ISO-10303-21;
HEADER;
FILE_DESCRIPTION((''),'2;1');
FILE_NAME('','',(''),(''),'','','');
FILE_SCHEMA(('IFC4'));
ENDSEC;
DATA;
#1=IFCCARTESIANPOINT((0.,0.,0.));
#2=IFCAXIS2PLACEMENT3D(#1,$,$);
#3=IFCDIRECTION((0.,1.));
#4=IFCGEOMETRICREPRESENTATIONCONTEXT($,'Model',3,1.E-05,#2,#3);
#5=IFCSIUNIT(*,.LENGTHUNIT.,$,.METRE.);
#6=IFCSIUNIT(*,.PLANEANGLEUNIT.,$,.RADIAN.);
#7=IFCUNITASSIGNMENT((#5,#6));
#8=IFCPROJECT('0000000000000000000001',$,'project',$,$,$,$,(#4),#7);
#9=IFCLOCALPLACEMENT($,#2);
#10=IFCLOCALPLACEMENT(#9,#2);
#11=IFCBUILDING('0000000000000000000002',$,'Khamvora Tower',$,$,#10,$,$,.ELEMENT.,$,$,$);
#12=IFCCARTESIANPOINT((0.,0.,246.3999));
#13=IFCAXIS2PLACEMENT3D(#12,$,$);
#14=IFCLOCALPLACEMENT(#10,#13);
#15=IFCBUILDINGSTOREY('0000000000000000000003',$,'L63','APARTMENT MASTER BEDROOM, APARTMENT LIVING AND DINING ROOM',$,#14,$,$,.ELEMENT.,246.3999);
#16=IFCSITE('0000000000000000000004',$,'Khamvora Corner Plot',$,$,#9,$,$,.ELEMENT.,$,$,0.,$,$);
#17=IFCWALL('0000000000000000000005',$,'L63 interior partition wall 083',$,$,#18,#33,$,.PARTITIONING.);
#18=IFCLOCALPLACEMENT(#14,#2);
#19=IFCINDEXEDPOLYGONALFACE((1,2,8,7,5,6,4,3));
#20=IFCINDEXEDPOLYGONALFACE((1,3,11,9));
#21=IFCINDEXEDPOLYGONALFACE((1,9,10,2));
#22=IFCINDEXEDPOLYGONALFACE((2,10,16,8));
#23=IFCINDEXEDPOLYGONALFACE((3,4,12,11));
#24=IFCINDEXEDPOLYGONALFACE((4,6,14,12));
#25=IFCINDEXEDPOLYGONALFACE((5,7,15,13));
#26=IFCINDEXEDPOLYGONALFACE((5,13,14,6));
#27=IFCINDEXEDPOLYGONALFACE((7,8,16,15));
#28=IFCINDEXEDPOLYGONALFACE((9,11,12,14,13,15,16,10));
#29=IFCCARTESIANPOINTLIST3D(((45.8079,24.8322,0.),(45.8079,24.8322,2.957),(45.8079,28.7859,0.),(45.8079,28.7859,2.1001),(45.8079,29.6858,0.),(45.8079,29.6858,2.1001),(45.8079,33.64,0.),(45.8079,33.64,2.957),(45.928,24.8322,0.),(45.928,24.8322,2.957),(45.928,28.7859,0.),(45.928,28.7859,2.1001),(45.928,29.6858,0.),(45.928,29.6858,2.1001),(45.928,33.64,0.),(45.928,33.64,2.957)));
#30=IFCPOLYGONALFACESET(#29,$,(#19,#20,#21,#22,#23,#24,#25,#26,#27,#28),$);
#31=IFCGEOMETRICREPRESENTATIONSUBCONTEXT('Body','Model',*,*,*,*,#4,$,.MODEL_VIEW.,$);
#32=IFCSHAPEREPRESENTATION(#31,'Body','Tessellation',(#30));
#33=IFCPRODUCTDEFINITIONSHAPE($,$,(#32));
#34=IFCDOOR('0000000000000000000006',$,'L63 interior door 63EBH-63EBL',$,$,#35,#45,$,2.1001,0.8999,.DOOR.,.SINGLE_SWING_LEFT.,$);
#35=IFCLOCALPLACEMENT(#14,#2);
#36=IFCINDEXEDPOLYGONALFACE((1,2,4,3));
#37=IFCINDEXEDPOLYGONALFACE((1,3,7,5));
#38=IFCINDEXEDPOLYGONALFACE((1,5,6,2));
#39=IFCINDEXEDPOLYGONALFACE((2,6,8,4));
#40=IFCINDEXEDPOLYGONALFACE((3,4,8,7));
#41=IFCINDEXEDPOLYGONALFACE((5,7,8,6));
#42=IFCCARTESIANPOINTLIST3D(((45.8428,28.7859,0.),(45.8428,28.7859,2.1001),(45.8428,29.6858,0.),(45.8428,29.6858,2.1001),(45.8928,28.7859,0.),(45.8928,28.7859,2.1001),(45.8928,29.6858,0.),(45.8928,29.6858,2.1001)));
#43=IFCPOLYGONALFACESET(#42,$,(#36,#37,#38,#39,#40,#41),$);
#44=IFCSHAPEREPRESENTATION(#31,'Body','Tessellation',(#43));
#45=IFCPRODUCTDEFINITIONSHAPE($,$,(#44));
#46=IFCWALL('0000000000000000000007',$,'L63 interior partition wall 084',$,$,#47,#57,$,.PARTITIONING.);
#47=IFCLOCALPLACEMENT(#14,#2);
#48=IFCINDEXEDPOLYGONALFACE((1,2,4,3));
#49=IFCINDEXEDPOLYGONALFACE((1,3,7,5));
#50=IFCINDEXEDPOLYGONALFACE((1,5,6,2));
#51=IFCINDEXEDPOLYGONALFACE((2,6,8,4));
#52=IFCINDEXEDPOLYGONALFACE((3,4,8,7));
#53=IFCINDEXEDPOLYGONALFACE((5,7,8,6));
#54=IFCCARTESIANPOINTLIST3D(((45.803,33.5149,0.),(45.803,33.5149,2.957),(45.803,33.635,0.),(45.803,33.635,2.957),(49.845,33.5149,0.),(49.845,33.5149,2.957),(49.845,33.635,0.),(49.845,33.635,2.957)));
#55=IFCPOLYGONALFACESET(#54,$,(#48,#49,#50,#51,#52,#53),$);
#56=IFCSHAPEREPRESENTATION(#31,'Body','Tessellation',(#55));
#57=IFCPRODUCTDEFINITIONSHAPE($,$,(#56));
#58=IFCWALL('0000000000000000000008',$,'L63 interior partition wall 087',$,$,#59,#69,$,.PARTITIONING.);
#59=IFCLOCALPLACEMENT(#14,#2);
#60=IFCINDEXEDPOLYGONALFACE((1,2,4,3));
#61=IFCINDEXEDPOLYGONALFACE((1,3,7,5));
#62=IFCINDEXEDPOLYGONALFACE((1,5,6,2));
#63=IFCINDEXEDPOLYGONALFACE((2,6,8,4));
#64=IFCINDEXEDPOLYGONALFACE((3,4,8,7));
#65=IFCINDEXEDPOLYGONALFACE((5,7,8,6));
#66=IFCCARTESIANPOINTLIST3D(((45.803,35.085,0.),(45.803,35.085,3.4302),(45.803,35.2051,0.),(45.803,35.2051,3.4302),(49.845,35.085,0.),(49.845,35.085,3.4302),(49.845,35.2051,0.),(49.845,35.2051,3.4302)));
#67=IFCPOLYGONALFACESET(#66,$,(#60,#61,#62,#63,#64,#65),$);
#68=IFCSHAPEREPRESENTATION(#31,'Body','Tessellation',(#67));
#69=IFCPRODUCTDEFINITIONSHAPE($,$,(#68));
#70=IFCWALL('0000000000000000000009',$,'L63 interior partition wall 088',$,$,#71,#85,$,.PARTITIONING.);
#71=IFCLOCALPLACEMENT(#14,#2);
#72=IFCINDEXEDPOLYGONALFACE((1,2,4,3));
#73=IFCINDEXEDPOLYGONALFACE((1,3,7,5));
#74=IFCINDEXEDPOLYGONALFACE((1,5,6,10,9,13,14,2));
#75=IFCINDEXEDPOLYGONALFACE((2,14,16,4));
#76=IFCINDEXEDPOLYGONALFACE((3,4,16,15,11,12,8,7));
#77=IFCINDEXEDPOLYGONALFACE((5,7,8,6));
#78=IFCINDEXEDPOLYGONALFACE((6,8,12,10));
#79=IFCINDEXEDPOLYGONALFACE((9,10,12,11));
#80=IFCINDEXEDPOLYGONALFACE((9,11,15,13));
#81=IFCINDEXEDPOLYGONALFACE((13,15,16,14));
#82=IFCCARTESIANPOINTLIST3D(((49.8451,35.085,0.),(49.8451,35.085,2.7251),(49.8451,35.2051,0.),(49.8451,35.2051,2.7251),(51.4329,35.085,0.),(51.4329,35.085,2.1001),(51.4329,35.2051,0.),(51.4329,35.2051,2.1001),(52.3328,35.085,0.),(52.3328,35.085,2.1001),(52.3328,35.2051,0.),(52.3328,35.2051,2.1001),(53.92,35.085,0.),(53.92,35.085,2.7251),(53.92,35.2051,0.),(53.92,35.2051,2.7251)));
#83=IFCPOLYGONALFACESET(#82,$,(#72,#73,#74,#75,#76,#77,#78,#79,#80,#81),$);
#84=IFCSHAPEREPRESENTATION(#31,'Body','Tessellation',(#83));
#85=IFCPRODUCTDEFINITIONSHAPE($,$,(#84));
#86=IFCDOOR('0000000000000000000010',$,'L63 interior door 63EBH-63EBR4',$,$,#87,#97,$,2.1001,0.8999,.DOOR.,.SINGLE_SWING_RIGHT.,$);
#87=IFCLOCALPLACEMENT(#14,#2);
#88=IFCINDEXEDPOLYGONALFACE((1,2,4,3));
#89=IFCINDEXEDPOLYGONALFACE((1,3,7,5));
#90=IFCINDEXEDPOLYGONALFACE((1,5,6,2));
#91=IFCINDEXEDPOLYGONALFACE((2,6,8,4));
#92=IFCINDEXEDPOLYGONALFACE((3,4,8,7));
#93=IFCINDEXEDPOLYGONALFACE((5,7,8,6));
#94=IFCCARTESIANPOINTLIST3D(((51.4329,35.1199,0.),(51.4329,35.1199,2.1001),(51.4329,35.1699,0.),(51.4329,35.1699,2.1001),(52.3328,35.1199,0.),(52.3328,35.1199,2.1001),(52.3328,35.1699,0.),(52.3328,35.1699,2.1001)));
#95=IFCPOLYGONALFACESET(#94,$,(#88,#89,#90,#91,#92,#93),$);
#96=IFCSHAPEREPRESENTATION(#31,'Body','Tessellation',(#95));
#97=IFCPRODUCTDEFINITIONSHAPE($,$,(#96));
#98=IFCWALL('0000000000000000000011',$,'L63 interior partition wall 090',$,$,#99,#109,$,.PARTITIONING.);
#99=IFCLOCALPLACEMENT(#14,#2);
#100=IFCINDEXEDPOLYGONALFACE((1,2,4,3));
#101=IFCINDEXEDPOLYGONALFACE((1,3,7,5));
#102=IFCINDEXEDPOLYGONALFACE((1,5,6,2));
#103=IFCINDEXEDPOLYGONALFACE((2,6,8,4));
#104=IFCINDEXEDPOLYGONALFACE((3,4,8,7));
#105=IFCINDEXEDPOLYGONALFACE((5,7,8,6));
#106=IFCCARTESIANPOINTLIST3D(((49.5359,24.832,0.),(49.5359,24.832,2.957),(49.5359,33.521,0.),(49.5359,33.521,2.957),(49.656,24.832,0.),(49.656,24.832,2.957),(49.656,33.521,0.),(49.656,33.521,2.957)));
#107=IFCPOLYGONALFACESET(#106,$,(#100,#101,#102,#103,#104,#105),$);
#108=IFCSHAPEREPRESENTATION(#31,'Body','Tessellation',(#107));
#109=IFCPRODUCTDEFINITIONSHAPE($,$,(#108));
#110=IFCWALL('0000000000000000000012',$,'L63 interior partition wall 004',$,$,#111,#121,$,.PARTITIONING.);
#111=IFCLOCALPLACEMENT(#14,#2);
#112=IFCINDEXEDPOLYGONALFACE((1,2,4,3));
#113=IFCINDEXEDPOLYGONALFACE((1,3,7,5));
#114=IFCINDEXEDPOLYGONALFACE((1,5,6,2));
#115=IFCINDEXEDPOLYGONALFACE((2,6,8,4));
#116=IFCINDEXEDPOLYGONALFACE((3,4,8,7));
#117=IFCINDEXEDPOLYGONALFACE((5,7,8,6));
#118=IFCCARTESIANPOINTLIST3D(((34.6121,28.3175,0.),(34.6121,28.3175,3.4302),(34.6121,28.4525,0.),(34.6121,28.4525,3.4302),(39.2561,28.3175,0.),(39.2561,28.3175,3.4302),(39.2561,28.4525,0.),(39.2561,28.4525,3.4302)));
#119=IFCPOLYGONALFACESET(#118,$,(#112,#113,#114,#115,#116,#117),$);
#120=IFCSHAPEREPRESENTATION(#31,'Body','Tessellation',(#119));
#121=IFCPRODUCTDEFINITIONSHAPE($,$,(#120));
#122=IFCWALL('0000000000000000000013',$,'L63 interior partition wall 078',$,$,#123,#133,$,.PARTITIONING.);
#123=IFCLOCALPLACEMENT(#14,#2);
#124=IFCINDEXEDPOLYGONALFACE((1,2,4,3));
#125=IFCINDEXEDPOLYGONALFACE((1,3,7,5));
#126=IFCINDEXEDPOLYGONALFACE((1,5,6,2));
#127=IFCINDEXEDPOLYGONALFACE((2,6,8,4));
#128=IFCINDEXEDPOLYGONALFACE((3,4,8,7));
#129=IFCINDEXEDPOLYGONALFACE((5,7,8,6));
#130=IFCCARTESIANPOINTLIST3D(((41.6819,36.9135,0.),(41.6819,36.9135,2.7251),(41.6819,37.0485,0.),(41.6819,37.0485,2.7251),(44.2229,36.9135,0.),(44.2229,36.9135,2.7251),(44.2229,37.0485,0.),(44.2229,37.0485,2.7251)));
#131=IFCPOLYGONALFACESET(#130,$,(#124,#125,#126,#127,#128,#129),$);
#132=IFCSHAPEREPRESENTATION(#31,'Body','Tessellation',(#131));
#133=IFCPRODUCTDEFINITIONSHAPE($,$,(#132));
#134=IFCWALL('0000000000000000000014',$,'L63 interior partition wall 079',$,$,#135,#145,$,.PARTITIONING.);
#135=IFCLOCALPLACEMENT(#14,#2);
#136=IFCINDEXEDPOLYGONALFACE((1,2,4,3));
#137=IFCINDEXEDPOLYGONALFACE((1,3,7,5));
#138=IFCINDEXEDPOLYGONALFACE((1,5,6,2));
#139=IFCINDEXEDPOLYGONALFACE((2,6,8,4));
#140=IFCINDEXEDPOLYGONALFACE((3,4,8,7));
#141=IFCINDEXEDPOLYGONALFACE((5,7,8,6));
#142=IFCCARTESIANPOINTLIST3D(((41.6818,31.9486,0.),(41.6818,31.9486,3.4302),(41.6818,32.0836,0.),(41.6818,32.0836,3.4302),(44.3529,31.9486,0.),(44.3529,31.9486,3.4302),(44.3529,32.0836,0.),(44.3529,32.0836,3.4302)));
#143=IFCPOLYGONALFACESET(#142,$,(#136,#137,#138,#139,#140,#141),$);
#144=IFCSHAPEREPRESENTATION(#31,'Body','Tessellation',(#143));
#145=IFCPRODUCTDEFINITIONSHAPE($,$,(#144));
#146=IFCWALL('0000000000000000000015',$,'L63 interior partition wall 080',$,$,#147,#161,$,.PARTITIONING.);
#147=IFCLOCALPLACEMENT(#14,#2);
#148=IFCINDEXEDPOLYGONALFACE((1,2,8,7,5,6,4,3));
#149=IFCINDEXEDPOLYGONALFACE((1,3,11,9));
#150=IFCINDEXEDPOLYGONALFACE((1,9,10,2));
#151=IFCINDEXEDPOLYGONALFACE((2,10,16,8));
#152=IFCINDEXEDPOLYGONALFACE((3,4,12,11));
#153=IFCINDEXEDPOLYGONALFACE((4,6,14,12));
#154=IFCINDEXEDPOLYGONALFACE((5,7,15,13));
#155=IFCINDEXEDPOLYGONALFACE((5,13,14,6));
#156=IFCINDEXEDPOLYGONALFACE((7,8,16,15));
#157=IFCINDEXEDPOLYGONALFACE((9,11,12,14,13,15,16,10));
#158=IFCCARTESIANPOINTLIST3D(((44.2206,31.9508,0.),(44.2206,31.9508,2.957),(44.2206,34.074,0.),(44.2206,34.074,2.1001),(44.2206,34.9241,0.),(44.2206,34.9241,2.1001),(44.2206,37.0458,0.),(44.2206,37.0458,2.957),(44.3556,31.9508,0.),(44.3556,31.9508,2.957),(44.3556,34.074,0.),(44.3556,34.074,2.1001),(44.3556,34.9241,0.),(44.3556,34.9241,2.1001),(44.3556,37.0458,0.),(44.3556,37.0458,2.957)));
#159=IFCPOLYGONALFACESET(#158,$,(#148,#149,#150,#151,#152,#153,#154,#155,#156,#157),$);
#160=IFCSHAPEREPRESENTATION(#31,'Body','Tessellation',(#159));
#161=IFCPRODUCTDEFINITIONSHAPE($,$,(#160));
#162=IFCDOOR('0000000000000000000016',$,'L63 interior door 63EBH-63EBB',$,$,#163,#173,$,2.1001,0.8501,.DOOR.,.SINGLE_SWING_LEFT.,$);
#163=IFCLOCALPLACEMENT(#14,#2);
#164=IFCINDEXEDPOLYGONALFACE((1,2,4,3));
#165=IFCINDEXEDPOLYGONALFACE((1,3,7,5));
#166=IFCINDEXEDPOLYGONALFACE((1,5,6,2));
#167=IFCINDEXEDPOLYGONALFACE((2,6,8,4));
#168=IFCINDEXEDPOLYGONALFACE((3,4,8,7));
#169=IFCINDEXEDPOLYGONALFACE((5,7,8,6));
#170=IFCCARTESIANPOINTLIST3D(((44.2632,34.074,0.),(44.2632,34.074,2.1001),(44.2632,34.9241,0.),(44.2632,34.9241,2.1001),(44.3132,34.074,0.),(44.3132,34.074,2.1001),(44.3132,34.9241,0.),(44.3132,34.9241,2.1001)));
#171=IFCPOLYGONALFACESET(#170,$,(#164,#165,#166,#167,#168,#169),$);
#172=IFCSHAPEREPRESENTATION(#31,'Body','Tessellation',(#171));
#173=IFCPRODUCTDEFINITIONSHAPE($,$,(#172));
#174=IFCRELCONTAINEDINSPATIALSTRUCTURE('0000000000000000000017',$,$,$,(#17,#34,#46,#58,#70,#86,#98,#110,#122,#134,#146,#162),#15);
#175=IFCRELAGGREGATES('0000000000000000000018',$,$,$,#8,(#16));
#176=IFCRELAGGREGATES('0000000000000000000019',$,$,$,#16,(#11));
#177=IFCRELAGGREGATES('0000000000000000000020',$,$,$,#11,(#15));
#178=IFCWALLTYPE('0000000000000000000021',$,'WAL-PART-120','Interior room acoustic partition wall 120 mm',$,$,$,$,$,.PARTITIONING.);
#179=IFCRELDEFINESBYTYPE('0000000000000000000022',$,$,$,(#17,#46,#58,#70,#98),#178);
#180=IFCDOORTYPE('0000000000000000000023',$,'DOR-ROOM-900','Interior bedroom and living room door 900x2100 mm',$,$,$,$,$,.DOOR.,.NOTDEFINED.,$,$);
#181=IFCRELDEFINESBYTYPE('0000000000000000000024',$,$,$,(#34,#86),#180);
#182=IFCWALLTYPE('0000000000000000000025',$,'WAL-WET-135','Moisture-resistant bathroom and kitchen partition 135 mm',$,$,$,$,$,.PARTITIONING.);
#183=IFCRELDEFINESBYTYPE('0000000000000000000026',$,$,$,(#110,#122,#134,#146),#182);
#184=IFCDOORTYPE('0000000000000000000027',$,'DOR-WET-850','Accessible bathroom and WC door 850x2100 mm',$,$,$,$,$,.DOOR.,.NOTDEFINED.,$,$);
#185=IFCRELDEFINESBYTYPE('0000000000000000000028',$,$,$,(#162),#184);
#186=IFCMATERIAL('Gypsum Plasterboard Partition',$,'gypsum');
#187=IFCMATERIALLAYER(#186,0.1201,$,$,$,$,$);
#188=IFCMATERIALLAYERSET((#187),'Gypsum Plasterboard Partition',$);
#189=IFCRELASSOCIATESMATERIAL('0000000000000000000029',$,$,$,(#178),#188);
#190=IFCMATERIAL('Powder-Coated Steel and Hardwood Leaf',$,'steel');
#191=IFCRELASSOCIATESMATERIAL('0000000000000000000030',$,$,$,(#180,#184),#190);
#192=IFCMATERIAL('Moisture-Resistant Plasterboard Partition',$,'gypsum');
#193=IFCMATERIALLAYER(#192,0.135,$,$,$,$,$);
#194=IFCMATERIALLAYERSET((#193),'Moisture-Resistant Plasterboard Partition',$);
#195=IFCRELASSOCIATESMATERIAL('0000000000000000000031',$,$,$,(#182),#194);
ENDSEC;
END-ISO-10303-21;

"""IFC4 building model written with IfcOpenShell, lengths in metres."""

from ifc_helpers import new_model, si_unit, direction, frame, frame_2d, origin, place, context, subcontext, project, spatial, rectangle, extrude, material, layer, layer_set, type_object, element, fill, save


model = new_model("IFC4")

# Units and contexts
model_context = context("Model", 3, precision=1e-05, world=origin(), true_north=direction((0.0, 1.0)))
body_context = subcontext(model_context, "Body", "Model", "MODEL_VIEW")
ifc_project = project(units=[si_unit("LENGTHUNIT", "METRE"), si_unit("PLANEANGLEUNIT", "RADIAN")], contexts=[model_context])

# Site, building, storey
site_placement = place(None, origin())
site = spatial("IfcSite", under=ifc_project, at=site_placement, Name="Khamvora Corner Plot", CompositionType="ELEMENT", RefElevation=0.0)
building_placement = place(site_placement, origin())
building = spatial("IfcBuilding", under=site, at=building_placement, Name="Khamvora Tower", CompositionType="ELEMENT")
storey_placement = place(building_placement, frame((0.0, 0.0, 246.3999)))
storey = spatial("IfcBuildingStorey", under=building, at=storey_placement, Name="L63", Description="APARTMENT MASTER BEDROOM, APARTMENT LIVING AND DINING ROOM", CompositionType="ELEMENT", Elevation=246.3999)

# Shared definitions
ifc_material_1 = material(Name="Powder-Coated Steel and Hardwood Leaf", Category="steel")

# Wall, opening, door
ifc_material_2 = material(Name="Gypsum Plasterboard Partition", Category="gypsum")
ifc_layer_1 = layer(ifc_material_2, 0.1201)
ifc_layer_set_1 = layer_set([ifc_layer_1], Name="Gypsum Plasterboard Partition")
wall_type_1 = type_object("IfcWallType", Name="WAL-PART-120", Description="Interior room acoustic partition wall 120 mm", PredefinedType="PARTITIONING", material=ifc_layer_set_1)
wall_1_placement = place(storey_placement, frame((45.8679, 33.6399, 0.0), z_axis=(0.0, 0.0, 1.0), x_axis=(0.0, -1.0, 0.0)))
wall_1 = element("IfcWall", 1, at=wall_1_placement, inside=storey, type_object=wall_type_1, Name="L63 interior partition wall 083", PredefinedType="PARTITIONING", context=body_context, shape_type="SweptSolid", body=[
    extrude(rectangle(XDim=8.8079, YDim=0.1201, at=frame_2d((4.4038, 0.0))), origin(), (0.0, 0.0, 1.0), 2.957),
])
opening_1_placement = place(wall_1_placement, frame((3.9541, 0.0, 0.0)))
opening_1 = element("IfcOpeningElement", 2, at=opening_1_placement, cuts=wall_1, PredefinedType="OPENING", context=body_context, shape_type="SweptSolid", body=[
    extrude(rectangle(XDim=0.8999, YDim=2.1001, at=frame_2d((0.45, 1.05))), frame((0.0, 0.0701, 0.0), z_axis=(0.0, -1.0, 0.0), x_axis=(1.0, 0.0, 0.0)), (0.0, 0.0, 1.0), 0.1401),
])
door_type_1 = type_object("IfcDoorType", Name="DOR-ROOM-900", Description="Interior bedroom and living room door 900x2100 mm", OperationType="NOTDEFINED", PredefinedType="DOOR", material=ifc_material_1)
door_1_placement = place(opening_1_placement, origin())
door_1 = element("IfcDoor", 3, at=door_1_placement, inside=storey, type_object=door_type_1, Name="L63 interior door 63EBH-63EBL", OperationType="SINGLE_SWING_LEFT", OverallHeight=2.1001, OverallWidth=0.8999, PredefinedType="DOOR", context=body_context, shape_type="SweptSolid", body=[
    extrude(rectangle(XDim=0.8999, YDim=2.1001, at=frame_2d((0.45, 1.05))), frame((0.0, 0.0249, 0.0), z_axis=(0.0, -1.0, 0.0), x_axis=(1.0, 0.0, 0.0)), (0.0, 0.0, 1.0), 0.05),
])
fill(opening_1, door_1)

# Walls
wall_2_placement = place(storey_placement, frame((49.845, 33.575, 0.0), z_axis=(0.0, 0.0, 1.0), x_axis=(-1.0, 0.0, 0.0)))
element("IfcWall", 4, at=wall_2_placement, inside=storey, type_object=wall_type_1, Name="L63 interior partition wall 084", PredefinedType="PARTITIONING", context=body_context, shape_type="SweptSolid", body=[
    extrude(rectangle(XDim=4.042, YDim=0.1201, at=frame_2d((2.021, 0.0))), origin(), (0.0, 0.0, 1.0), 2.957),
])
wall_3_placement = place(storey_placement, frame((45.803, 35.145, 0.0), z_axis=(0.0, 0.0, 1.0), x_axis=(1.0, 0.0, 0.0)))
element("IfcWall", 5, at=wall_3_placement, inside=storey, type_object=wall_type_1, Name="L63 interior partition wall 087", PredefinedType="PARTITIONING", context=body_context, shape_type="SweptSolid", body=[
    extrude(rectangle(XDim=4.042, YDim=0.1201, at=frame_2d((2.021, 0.0))), origin(), (0.0, 0.0, 1.0), 3.4302),
])

# Wall, opening, door
wall_4_placement = place(storey_placement, frame((49.845, 35.145, 0.0), z_axis=(0.0, 0.0, 1.0), x_axis=(1.0, 0.0, 0.0)))
wall_4 = element("IfcWall", 6, at=wall_4_placement, inside=storey, type_object=wall_type_1, Name="L63 interior partition wall 088", PredefinedType="PARTITIONING", context=body_context, shape_type="SweptSolid", body=[
    extrude(rectangle(XDim=4.075, YDim=0.1201, at=frame_2d((2.0376, 0.0))), origin(), (0.0, 0.0, 1.0), 2.7251),
])
opening_2_placement = place(wall_4_placement, frame((1.5879, 0.0, 0.0)))
opening_2 = element("IfcOpeningElement", 7, at=opening_2_placement, cuts=wall_4, PredefinedType="OPENING", context=body_context, shape_type="SweptSolid", body=[
    extrude(rectangle(XDim=0.8999, YDim=2.1001, at=frame_2d((0.45, 1.05))), frame((0.0, 0.0701, 0.0), z_axis=(0.0, -1.0, 0.0), x_axis=(1.0, 0.0, 0.0)), (0.0, 0.0, 1.0), 0.1401),
])
door_2_placement = place(opening_2_placement, origin())
door_2 = element("IfcDoor", 8, at=door_2_placement, inside=storey, type_object=door_type_1, Name="L63 interior door 63EBH-63EBR4", OperationType="SINGLE_SWING_RIGHT", OverallHeight=2.1001, OverallWidth=0.8999, PredefinedType="DOOR", context=body_context, shape_type="SweptSolid", body=[
    extrude(rectangle(XDim=0.8999, YDim=2.1001, at=frame_2d((0.45, 1.05))), frame((0.0, 0.0249, 0.0), z_axis=(0.0, -1.0, 0.0), x_axis=(1.0, 0.0, 0.0)), (0.0, 0.0, 1.0), 0.05),
])
fill(opening_2, door_2)

# Walls
wall_5_placement = place(storey_placement, frame((49.5959, 33.521, 0.0), z_axis=(0.0, 0.0, 1.0), x_axis=(0.0, -1.0, 0.0)))
element("IfcWall", 9, at=wall_5_placement, inside=storey, type_object=wall_type_1, Name="L63 interior partition wall 090", PredefinedType="PARTITIONING", context=body_context, shape_type="SweptSolid", body=[
    extrude(rectangle(XDim=8.689, YDim=0.1201, at=frame_2d((4.3445, 0.0))), origin(), (0.0, 0.0, 1.0), 2.957),
])
ifc_material_3 = material(Name="Moisture-Resistant Plasterboard Partition", Category="gypsum")
ifc_layer_2 = layer(ifc_material_3, 0.135)
ifc_layer_set_2 = layer_set([ifc_layer_2], Name="Moisture-Resistant Plasterboard Partition")
wall_type_2 = type_object("IfcWallType", Name="WAL-WET-135", Description="Moisture-resistant bathroom and kitchen partition 135 mm", PredefinedType="PARTITIONING", material=ifc_layer_set_2)
wall_6_placement = place(storey_placement, frame((39.2561, 28.385, 0.0), z_axis=(0.0, 0.0, 1.0), x_axis=(-1.0, 0.0, 0.0)))
element("IfcWall", 10, at=wall_6_placement, inside=storey, type_object=wall_type_2, Name="L63 interior partition wall 004", PredefinedType="PARTITIONING", context=body_context, shape_type="SweptSolid", body=[
    extrude(rectangle(XDim=4.644, YDim=0.135, at=frame_2d((2.322, 0.0))), origin(), (0.0, 0.0, 1.0), 3.4302),
])
wall_7_placement = place(storey_placement, frame((44.2229, 36.981, 0.0), z_axis=(0.0, 0.0, 1.0), x_axis=(-1.0, 0.0, 0.0)))
element("IfcWall", 11, at=wall_7_placement, inside=storey, type_object=wall_type_2, Name="L63 interior partition wall 078", PredefinedType="PARTITIONING", context=body_context, shape_type="SweptSolid", body=[
    extrude(rectangle(XDim=2.541, YDim=0.135, at=frame_2d((1.2705, 0.0))), origin(), (0.0, 0.0, 1.0), 2.7251),
])
wall_8_placement = place(storey_placement, frame((41.6819, 32.0161, 0.0), z_axis=(0.0, 0.0, 1.0), x_axis=(1.0, 0.0, 0.0)))
element("IfcWall", 12, at=wall_8_placement, inside=storey, type_object=wall_type_2, Name="L63 interior partition wall 079", PredefinedType="PARTITIONING", context=body_context, shape_type="SweptSolid", body=[
    extrude(rectangle(XDim=2.6711, YDim=0.135, at=frame_2d((1.3354, 0.0))), origin(), (0.0, 0.0, 1.0), 3.4302),
])

# Wall, opening, door
wall_9_placement = place(storey_placement, frame((44.2881, 31.9509, 0.0), z_axis=(0.0, 0.0, 1.0), x_axis=(0.0, 1.0, 0.0)))
wall_9 = element("IfcWall", 13, at=wall_9_placement, inside=storey, type_object=wall_type_2, Name="L63 interior partition wall 080", PredefinedType="PARTITIONING", context=body_context, shape_type="SweptSolid", body=[
    extrude(rectangle(XDim=5.095, YDim=0.135, at=frame_2d((2.5474, 0.0))), origin(), (0.0, 0.0, 1.0), 2.957),
])
opening_3_placement = place(wall_9_placement, frame((2.123, 0.0, 0.0)))
opening_3 = element("IfcOpeningElement", 14, at=opening_3_placement, cuts=wall_9, PredefinedType="OPENING", context=body_context, shape_type="SweptSolid", body=[
    extrude(rectangle(XDim=0.8501, YDim=2.1001, at=frame_2d((0.425, 1.05))), frame((0.0, 0.0774, 0.0), z_axis=(0.0, -1.0, 0.0), x_axis=(1.0, 0.0, 0.0)), (0.0, 0.0, 1.0), 0.155),
])
door_type_2 = type_object("IfcDoorType", Name="DOR-WET-850", Description="Accessible bathroom and WC door 850x2100 mm", OperationType="NOTDEFINED", PredefinedType="DOOR", material=ifc_material_1)
door_3_placement = place(opening_3_placement, origin())
door_3 = element("IfcDoor", 15, at=door_3_placement, inside=storey, type_object=door_type_2, Name="L63 interior door 63EBH-63EBB", OperationType="SINGLE_SWING_LEFT", OverallHeight=2.1001, OverallWidth=0.8501, PredefinedType="DOOR", context=body_context, shape_type="SweptSolid", body=[
    extrude(rectangle(XDim=0.8501, YDim=2.1001, at=frame_2d((0.425, 1.05))), frame((0.0, 0.0249, 0.0), z_axis=(0.0, -1.0, 0.0), x_axis=(1.0, 0.0, 0.0)), (0.0, 0.0, 1.0), 0.05),
])
fill(opening_3, door_3)

save(model, "model.ifc")
